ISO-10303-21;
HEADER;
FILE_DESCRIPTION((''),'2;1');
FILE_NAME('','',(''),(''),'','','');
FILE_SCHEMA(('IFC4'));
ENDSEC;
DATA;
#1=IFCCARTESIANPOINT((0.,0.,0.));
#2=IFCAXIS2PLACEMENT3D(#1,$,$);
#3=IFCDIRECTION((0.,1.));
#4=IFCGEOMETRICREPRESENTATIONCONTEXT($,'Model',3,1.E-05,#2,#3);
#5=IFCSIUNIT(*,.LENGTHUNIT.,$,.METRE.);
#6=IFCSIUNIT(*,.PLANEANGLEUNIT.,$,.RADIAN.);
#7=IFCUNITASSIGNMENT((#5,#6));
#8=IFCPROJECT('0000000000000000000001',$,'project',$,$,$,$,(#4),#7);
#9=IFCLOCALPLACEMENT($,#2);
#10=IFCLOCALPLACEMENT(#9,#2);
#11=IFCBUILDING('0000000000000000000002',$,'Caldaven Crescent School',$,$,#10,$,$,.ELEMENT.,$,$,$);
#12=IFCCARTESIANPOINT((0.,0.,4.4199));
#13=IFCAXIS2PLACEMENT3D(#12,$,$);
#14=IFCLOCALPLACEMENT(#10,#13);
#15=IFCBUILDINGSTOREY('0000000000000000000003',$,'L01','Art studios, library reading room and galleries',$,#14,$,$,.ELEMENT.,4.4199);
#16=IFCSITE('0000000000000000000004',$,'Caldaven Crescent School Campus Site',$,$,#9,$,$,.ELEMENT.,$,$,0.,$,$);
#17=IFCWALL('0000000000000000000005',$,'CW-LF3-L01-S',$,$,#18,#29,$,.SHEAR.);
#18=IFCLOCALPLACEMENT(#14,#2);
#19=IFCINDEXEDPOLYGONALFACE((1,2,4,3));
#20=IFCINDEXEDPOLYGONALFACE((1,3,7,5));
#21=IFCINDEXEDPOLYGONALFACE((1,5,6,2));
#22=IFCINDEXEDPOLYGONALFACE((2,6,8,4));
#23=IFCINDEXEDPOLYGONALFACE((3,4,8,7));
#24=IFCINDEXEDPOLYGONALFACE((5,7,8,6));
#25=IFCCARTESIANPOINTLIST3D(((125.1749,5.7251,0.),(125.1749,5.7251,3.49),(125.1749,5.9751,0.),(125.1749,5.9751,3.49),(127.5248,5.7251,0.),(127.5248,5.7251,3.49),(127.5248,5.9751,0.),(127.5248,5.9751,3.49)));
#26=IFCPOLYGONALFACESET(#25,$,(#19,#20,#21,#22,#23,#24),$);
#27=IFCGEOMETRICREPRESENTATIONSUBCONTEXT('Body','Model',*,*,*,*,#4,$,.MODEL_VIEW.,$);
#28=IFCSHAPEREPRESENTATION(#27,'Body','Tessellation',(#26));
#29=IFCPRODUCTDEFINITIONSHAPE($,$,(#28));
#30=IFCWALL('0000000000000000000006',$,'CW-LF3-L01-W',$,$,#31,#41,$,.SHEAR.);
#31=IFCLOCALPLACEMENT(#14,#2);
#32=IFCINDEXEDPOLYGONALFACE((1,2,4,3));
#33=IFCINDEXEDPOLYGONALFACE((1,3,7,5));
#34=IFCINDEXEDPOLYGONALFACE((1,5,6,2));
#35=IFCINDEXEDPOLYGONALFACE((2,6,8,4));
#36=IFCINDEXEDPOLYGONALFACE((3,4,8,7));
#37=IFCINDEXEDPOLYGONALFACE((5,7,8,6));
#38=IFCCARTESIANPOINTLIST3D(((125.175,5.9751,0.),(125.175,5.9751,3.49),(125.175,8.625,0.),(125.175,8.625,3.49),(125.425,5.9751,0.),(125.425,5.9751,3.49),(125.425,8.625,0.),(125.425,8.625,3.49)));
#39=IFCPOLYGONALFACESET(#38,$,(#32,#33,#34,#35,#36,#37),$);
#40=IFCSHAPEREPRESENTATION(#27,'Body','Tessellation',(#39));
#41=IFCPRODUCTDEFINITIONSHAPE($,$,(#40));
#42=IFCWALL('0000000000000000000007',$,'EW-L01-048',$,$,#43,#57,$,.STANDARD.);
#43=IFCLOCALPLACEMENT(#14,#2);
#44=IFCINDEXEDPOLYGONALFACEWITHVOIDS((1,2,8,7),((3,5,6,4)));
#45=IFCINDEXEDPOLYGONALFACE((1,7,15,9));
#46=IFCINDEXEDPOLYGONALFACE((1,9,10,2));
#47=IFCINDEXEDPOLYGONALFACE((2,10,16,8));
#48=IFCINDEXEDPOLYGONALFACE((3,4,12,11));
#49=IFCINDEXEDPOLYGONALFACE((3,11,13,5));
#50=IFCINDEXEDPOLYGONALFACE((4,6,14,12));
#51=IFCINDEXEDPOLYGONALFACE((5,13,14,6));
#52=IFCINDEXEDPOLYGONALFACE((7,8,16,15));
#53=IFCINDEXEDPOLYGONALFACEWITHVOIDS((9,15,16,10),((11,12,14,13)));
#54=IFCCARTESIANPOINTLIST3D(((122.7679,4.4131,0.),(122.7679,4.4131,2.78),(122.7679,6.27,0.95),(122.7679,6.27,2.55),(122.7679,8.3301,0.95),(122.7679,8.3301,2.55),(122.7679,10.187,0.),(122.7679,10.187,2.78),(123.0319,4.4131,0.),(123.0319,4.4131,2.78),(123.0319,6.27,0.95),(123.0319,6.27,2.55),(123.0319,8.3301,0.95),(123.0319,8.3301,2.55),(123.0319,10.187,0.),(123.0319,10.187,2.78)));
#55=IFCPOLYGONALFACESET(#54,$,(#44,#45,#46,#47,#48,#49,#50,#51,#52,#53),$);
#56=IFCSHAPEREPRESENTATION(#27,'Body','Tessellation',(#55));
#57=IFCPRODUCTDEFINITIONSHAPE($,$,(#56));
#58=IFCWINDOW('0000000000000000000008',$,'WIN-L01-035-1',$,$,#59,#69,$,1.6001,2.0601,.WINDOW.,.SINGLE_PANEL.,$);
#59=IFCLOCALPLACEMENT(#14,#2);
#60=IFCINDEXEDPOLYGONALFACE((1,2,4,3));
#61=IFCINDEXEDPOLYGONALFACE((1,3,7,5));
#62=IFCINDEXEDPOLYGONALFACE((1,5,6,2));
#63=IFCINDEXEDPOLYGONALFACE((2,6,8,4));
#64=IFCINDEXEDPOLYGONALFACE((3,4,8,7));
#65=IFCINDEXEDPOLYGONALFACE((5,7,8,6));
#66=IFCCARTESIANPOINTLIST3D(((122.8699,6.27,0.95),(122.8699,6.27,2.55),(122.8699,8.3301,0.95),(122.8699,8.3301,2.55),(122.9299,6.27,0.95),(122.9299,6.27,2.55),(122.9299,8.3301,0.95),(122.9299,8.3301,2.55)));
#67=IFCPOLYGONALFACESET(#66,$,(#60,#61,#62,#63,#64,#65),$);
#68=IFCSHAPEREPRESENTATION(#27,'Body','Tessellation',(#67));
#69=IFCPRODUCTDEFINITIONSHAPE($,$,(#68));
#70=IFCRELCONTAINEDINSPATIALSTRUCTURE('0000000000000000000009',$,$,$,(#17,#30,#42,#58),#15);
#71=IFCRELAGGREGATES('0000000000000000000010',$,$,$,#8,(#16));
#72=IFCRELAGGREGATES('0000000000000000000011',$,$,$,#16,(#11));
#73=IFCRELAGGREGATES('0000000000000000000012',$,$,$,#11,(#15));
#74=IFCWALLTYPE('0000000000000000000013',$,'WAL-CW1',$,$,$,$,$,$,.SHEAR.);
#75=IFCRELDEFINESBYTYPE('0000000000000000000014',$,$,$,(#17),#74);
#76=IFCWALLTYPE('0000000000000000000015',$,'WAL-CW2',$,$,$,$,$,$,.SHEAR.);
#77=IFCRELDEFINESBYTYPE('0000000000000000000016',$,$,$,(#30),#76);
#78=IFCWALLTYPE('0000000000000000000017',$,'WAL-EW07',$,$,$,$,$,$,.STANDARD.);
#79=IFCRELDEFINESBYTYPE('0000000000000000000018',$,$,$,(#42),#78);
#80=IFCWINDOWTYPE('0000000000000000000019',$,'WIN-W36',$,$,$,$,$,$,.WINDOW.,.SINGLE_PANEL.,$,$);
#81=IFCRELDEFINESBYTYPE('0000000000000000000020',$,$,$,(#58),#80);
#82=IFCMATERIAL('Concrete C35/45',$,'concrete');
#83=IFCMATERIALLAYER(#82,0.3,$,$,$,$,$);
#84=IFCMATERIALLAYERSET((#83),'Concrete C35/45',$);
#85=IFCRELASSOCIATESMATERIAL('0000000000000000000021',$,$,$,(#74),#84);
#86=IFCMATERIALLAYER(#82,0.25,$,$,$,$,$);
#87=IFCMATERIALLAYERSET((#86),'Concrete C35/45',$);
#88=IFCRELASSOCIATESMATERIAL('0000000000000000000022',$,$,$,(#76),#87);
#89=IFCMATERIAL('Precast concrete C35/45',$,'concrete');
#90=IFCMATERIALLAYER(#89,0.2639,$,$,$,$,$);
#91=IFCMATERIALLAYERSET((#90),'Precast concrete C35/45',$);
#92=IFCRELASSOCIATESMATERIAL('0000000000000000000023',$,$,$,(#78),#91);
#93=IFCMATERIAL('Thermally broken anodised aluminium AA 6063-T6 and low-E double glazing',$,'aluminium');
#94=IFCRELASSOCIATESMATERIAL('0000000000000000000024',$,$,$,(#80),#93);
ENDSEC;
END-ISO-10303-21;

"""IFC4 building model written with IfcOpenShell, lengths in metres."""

from ifc_helpers import new_model, si_unit, direction, frame, frame_2d, origin, place, context, subcontext, project, spatial, rectangle, extrude, material, layer, layer_set, type_object, element, fill, save


model = new_model("IFC4")

# Units and contexts
model_context = context("Model", 3, precision=1e-05, world=origin(), true_north=direction((0.0, 1.0)))
body_context = subcontext(model_context, "Body", "Model", "MODEL_VIEW")
ifc_project = project(units=[si_unit("LENGTHUNIT", "METRE"), si_unit("PLANEANGLEUNIT", "RADIAN")], contexts=[model_context])

# Site, building, storey
site_placement = place(None, origin())
site = spatial("IfcSite", under=ifc_project, at=site_placement, Name="Caldaven Crescent School Campus Site", CompositionType="ELEMENT", RefElevation=0.0)
building_placement = place(site_placement, origin())
building = spatial("IfcBuilding", under=site, at=building_placement, Name="Caldaven Crescent School", CompositionType="ELEMENT")
storey_placement = place(building_placement, frame((0.0, 0.0, 4.4199)))
storey = spatial("IfcBuildingStorey", under=building, at=storey_placement, Name="L01", Description="Art studios, library reading room and galleries", CompositionType="ELEMENT", Elevation=4.4199)

# Walls
ifc_material_1 = material(Name="Concrete C35/45", Category="concrete")
ifc_layer_1 = layer(ifc_material_1, 0.3)
ifc_layer_set_1 = layer_set([ifc_layer_1], Name="Concrete C35/45")
wall_type_1 = type_object("IfcWallType", Name="WAL-CW1", PredefinedType="SHEAR", material=ifc_layer_set_1)
wall_1_placement = place(storey_placement, frame((125.175, 5.8501, 0.0), z_axis=(0.0, 0.0, 1.0), x_axis=(1.0, 0.0, 0.0)))
element("IfcWall", 1, at=wall_1_placement, inside=storey, type_object=wall_type_1, Name="CW-LF3-L01-S", PredefinedType="SHEAR", context=body_context, shape_type="SweptSolid", body=[
    extrude(rectangle(XDim=2.3499, YDim=0.25, at=frame_2d((1.1748, 0.0))), origin(), (0.0, 0.0, 1.0), 3.49),
])
ifc_layer_2 = layer(ifc_material_1, 0.25)
ifc_layer_set_2 = layer_set([ifc_layer_2], Name="Concrete C35/45")
wall_type_2 = type_object("IfcWallType", Name="WAL-CW2", PredefinedType="SHEAR", material=ifc_layer_set_2)
wall_2_placement = place(storey_placement, frame((125.3, 5.9751, 0.0), z_axis=(0.0, 0.0, 1.0), x_axis=(0.0, 1.0, 0.0)))
element("IfcWall", 2, at=wall_2_placement, inside=storey, type_object=wall_type_2, Name="CW-LF3-L01-W", PredefinedType="SHEAR", context=body_context, shape_type="SweptSolid", body=[
    extrude(rectangle(XDim=2.6499, YDim=0.25, at=frame_2d((1.325, 0.0))), origin(), (0.0, 0.0, 1.0), 3.49),
])

# Wall, opening, window
ifc_material_2 = material(Name="Precast concrete C35/45", Category="concrete")
ifc_layer_3 = layer(ifc_material_2, 0.2639)
ifc_layer_set_3 = layer_set([ifc_layer_3], Name="Precast concrete C35/45")
wall_type_3 = type_object("IfcWallType", Name="WAL-EW07", PredefinedType="STANDARD", material=ifc_layer_set_3)
wall_3_placement = place(storey_placement, frame((122.8999, 4.4131, 0.0), z_axis=(0.0, 0.0, 1.0), x_axis=(0.0, 1.0, 0.0)))
wall_3 = element("IfcWall", 3, at=wall_3_placement, inside=storey, type_object=wall_type_3, Name="EW-L01-048", PredefinedType="STANDARD", context=body_context, shape_type="SweptSolid", body=[
    extrude(rectangle(XDim=5.7739, YDim=0.2639, at=frame_2d((2.887, 0.0))), origin(), (0.0, 0.0, 1.0), 2.78),
])
opening_placement = place(wall_3_placement, frame((1.8569, 0.0, 0.95)))
opening = element("IfcOpeningElement", 4, at=opening_placement, cuts=wall_3, PredefinedType="OPENING", context=body_context, shape_type="SweptSolid", body=[
    extrude(rectangle(XDim=2.0601, YDim=1.6001, at=frame_2d((1.03, 0.8))), frame((0.0, 0.1418, 0.0), z_axis=(0.0, -1.0, 0.0), x_axis=(1.0, 0.0, 0.0)), (0.0, 0.0, 1.0), 0.2839),
])
ifc_material_3 = material(Name="Thermally broken anodised aluminium AA 6063-T6 and low-E double glazing", Category="aluminium")
window_type = type_object("IfcWindowType", Name="WIN-W36", PartitioningType="SINGLE_PANEL", PredefinedType="WINDOW", material=ifc_material_3)
window_placement = place(opening_placement, origin())
window = element("IfcWindow", 5, at=window_placement, inside=storey, type_object=window_type, Name="WIN-L01-035-1", OverallHeight=1.6001, OverallWidth=2.0601, PartitioningType="SINGLE_PANEL", PredefinedType="WINDOW", context=body_context, shape_type="SweptSolid", body=[
    extrude(rectangle(XDim=2.0601, YDim=1.6001, at=frame_2d((1.03, 0.8))), frame((0.0, 0.03, 0.0), z_axis=(0.0, -1.0, 0.0), x_axis=(1.0, 0.0, 0.0)), (0.0, 0.0, 1.0), 0.0601),
])
fill(opening, window)

save(model, "model.ifc")
